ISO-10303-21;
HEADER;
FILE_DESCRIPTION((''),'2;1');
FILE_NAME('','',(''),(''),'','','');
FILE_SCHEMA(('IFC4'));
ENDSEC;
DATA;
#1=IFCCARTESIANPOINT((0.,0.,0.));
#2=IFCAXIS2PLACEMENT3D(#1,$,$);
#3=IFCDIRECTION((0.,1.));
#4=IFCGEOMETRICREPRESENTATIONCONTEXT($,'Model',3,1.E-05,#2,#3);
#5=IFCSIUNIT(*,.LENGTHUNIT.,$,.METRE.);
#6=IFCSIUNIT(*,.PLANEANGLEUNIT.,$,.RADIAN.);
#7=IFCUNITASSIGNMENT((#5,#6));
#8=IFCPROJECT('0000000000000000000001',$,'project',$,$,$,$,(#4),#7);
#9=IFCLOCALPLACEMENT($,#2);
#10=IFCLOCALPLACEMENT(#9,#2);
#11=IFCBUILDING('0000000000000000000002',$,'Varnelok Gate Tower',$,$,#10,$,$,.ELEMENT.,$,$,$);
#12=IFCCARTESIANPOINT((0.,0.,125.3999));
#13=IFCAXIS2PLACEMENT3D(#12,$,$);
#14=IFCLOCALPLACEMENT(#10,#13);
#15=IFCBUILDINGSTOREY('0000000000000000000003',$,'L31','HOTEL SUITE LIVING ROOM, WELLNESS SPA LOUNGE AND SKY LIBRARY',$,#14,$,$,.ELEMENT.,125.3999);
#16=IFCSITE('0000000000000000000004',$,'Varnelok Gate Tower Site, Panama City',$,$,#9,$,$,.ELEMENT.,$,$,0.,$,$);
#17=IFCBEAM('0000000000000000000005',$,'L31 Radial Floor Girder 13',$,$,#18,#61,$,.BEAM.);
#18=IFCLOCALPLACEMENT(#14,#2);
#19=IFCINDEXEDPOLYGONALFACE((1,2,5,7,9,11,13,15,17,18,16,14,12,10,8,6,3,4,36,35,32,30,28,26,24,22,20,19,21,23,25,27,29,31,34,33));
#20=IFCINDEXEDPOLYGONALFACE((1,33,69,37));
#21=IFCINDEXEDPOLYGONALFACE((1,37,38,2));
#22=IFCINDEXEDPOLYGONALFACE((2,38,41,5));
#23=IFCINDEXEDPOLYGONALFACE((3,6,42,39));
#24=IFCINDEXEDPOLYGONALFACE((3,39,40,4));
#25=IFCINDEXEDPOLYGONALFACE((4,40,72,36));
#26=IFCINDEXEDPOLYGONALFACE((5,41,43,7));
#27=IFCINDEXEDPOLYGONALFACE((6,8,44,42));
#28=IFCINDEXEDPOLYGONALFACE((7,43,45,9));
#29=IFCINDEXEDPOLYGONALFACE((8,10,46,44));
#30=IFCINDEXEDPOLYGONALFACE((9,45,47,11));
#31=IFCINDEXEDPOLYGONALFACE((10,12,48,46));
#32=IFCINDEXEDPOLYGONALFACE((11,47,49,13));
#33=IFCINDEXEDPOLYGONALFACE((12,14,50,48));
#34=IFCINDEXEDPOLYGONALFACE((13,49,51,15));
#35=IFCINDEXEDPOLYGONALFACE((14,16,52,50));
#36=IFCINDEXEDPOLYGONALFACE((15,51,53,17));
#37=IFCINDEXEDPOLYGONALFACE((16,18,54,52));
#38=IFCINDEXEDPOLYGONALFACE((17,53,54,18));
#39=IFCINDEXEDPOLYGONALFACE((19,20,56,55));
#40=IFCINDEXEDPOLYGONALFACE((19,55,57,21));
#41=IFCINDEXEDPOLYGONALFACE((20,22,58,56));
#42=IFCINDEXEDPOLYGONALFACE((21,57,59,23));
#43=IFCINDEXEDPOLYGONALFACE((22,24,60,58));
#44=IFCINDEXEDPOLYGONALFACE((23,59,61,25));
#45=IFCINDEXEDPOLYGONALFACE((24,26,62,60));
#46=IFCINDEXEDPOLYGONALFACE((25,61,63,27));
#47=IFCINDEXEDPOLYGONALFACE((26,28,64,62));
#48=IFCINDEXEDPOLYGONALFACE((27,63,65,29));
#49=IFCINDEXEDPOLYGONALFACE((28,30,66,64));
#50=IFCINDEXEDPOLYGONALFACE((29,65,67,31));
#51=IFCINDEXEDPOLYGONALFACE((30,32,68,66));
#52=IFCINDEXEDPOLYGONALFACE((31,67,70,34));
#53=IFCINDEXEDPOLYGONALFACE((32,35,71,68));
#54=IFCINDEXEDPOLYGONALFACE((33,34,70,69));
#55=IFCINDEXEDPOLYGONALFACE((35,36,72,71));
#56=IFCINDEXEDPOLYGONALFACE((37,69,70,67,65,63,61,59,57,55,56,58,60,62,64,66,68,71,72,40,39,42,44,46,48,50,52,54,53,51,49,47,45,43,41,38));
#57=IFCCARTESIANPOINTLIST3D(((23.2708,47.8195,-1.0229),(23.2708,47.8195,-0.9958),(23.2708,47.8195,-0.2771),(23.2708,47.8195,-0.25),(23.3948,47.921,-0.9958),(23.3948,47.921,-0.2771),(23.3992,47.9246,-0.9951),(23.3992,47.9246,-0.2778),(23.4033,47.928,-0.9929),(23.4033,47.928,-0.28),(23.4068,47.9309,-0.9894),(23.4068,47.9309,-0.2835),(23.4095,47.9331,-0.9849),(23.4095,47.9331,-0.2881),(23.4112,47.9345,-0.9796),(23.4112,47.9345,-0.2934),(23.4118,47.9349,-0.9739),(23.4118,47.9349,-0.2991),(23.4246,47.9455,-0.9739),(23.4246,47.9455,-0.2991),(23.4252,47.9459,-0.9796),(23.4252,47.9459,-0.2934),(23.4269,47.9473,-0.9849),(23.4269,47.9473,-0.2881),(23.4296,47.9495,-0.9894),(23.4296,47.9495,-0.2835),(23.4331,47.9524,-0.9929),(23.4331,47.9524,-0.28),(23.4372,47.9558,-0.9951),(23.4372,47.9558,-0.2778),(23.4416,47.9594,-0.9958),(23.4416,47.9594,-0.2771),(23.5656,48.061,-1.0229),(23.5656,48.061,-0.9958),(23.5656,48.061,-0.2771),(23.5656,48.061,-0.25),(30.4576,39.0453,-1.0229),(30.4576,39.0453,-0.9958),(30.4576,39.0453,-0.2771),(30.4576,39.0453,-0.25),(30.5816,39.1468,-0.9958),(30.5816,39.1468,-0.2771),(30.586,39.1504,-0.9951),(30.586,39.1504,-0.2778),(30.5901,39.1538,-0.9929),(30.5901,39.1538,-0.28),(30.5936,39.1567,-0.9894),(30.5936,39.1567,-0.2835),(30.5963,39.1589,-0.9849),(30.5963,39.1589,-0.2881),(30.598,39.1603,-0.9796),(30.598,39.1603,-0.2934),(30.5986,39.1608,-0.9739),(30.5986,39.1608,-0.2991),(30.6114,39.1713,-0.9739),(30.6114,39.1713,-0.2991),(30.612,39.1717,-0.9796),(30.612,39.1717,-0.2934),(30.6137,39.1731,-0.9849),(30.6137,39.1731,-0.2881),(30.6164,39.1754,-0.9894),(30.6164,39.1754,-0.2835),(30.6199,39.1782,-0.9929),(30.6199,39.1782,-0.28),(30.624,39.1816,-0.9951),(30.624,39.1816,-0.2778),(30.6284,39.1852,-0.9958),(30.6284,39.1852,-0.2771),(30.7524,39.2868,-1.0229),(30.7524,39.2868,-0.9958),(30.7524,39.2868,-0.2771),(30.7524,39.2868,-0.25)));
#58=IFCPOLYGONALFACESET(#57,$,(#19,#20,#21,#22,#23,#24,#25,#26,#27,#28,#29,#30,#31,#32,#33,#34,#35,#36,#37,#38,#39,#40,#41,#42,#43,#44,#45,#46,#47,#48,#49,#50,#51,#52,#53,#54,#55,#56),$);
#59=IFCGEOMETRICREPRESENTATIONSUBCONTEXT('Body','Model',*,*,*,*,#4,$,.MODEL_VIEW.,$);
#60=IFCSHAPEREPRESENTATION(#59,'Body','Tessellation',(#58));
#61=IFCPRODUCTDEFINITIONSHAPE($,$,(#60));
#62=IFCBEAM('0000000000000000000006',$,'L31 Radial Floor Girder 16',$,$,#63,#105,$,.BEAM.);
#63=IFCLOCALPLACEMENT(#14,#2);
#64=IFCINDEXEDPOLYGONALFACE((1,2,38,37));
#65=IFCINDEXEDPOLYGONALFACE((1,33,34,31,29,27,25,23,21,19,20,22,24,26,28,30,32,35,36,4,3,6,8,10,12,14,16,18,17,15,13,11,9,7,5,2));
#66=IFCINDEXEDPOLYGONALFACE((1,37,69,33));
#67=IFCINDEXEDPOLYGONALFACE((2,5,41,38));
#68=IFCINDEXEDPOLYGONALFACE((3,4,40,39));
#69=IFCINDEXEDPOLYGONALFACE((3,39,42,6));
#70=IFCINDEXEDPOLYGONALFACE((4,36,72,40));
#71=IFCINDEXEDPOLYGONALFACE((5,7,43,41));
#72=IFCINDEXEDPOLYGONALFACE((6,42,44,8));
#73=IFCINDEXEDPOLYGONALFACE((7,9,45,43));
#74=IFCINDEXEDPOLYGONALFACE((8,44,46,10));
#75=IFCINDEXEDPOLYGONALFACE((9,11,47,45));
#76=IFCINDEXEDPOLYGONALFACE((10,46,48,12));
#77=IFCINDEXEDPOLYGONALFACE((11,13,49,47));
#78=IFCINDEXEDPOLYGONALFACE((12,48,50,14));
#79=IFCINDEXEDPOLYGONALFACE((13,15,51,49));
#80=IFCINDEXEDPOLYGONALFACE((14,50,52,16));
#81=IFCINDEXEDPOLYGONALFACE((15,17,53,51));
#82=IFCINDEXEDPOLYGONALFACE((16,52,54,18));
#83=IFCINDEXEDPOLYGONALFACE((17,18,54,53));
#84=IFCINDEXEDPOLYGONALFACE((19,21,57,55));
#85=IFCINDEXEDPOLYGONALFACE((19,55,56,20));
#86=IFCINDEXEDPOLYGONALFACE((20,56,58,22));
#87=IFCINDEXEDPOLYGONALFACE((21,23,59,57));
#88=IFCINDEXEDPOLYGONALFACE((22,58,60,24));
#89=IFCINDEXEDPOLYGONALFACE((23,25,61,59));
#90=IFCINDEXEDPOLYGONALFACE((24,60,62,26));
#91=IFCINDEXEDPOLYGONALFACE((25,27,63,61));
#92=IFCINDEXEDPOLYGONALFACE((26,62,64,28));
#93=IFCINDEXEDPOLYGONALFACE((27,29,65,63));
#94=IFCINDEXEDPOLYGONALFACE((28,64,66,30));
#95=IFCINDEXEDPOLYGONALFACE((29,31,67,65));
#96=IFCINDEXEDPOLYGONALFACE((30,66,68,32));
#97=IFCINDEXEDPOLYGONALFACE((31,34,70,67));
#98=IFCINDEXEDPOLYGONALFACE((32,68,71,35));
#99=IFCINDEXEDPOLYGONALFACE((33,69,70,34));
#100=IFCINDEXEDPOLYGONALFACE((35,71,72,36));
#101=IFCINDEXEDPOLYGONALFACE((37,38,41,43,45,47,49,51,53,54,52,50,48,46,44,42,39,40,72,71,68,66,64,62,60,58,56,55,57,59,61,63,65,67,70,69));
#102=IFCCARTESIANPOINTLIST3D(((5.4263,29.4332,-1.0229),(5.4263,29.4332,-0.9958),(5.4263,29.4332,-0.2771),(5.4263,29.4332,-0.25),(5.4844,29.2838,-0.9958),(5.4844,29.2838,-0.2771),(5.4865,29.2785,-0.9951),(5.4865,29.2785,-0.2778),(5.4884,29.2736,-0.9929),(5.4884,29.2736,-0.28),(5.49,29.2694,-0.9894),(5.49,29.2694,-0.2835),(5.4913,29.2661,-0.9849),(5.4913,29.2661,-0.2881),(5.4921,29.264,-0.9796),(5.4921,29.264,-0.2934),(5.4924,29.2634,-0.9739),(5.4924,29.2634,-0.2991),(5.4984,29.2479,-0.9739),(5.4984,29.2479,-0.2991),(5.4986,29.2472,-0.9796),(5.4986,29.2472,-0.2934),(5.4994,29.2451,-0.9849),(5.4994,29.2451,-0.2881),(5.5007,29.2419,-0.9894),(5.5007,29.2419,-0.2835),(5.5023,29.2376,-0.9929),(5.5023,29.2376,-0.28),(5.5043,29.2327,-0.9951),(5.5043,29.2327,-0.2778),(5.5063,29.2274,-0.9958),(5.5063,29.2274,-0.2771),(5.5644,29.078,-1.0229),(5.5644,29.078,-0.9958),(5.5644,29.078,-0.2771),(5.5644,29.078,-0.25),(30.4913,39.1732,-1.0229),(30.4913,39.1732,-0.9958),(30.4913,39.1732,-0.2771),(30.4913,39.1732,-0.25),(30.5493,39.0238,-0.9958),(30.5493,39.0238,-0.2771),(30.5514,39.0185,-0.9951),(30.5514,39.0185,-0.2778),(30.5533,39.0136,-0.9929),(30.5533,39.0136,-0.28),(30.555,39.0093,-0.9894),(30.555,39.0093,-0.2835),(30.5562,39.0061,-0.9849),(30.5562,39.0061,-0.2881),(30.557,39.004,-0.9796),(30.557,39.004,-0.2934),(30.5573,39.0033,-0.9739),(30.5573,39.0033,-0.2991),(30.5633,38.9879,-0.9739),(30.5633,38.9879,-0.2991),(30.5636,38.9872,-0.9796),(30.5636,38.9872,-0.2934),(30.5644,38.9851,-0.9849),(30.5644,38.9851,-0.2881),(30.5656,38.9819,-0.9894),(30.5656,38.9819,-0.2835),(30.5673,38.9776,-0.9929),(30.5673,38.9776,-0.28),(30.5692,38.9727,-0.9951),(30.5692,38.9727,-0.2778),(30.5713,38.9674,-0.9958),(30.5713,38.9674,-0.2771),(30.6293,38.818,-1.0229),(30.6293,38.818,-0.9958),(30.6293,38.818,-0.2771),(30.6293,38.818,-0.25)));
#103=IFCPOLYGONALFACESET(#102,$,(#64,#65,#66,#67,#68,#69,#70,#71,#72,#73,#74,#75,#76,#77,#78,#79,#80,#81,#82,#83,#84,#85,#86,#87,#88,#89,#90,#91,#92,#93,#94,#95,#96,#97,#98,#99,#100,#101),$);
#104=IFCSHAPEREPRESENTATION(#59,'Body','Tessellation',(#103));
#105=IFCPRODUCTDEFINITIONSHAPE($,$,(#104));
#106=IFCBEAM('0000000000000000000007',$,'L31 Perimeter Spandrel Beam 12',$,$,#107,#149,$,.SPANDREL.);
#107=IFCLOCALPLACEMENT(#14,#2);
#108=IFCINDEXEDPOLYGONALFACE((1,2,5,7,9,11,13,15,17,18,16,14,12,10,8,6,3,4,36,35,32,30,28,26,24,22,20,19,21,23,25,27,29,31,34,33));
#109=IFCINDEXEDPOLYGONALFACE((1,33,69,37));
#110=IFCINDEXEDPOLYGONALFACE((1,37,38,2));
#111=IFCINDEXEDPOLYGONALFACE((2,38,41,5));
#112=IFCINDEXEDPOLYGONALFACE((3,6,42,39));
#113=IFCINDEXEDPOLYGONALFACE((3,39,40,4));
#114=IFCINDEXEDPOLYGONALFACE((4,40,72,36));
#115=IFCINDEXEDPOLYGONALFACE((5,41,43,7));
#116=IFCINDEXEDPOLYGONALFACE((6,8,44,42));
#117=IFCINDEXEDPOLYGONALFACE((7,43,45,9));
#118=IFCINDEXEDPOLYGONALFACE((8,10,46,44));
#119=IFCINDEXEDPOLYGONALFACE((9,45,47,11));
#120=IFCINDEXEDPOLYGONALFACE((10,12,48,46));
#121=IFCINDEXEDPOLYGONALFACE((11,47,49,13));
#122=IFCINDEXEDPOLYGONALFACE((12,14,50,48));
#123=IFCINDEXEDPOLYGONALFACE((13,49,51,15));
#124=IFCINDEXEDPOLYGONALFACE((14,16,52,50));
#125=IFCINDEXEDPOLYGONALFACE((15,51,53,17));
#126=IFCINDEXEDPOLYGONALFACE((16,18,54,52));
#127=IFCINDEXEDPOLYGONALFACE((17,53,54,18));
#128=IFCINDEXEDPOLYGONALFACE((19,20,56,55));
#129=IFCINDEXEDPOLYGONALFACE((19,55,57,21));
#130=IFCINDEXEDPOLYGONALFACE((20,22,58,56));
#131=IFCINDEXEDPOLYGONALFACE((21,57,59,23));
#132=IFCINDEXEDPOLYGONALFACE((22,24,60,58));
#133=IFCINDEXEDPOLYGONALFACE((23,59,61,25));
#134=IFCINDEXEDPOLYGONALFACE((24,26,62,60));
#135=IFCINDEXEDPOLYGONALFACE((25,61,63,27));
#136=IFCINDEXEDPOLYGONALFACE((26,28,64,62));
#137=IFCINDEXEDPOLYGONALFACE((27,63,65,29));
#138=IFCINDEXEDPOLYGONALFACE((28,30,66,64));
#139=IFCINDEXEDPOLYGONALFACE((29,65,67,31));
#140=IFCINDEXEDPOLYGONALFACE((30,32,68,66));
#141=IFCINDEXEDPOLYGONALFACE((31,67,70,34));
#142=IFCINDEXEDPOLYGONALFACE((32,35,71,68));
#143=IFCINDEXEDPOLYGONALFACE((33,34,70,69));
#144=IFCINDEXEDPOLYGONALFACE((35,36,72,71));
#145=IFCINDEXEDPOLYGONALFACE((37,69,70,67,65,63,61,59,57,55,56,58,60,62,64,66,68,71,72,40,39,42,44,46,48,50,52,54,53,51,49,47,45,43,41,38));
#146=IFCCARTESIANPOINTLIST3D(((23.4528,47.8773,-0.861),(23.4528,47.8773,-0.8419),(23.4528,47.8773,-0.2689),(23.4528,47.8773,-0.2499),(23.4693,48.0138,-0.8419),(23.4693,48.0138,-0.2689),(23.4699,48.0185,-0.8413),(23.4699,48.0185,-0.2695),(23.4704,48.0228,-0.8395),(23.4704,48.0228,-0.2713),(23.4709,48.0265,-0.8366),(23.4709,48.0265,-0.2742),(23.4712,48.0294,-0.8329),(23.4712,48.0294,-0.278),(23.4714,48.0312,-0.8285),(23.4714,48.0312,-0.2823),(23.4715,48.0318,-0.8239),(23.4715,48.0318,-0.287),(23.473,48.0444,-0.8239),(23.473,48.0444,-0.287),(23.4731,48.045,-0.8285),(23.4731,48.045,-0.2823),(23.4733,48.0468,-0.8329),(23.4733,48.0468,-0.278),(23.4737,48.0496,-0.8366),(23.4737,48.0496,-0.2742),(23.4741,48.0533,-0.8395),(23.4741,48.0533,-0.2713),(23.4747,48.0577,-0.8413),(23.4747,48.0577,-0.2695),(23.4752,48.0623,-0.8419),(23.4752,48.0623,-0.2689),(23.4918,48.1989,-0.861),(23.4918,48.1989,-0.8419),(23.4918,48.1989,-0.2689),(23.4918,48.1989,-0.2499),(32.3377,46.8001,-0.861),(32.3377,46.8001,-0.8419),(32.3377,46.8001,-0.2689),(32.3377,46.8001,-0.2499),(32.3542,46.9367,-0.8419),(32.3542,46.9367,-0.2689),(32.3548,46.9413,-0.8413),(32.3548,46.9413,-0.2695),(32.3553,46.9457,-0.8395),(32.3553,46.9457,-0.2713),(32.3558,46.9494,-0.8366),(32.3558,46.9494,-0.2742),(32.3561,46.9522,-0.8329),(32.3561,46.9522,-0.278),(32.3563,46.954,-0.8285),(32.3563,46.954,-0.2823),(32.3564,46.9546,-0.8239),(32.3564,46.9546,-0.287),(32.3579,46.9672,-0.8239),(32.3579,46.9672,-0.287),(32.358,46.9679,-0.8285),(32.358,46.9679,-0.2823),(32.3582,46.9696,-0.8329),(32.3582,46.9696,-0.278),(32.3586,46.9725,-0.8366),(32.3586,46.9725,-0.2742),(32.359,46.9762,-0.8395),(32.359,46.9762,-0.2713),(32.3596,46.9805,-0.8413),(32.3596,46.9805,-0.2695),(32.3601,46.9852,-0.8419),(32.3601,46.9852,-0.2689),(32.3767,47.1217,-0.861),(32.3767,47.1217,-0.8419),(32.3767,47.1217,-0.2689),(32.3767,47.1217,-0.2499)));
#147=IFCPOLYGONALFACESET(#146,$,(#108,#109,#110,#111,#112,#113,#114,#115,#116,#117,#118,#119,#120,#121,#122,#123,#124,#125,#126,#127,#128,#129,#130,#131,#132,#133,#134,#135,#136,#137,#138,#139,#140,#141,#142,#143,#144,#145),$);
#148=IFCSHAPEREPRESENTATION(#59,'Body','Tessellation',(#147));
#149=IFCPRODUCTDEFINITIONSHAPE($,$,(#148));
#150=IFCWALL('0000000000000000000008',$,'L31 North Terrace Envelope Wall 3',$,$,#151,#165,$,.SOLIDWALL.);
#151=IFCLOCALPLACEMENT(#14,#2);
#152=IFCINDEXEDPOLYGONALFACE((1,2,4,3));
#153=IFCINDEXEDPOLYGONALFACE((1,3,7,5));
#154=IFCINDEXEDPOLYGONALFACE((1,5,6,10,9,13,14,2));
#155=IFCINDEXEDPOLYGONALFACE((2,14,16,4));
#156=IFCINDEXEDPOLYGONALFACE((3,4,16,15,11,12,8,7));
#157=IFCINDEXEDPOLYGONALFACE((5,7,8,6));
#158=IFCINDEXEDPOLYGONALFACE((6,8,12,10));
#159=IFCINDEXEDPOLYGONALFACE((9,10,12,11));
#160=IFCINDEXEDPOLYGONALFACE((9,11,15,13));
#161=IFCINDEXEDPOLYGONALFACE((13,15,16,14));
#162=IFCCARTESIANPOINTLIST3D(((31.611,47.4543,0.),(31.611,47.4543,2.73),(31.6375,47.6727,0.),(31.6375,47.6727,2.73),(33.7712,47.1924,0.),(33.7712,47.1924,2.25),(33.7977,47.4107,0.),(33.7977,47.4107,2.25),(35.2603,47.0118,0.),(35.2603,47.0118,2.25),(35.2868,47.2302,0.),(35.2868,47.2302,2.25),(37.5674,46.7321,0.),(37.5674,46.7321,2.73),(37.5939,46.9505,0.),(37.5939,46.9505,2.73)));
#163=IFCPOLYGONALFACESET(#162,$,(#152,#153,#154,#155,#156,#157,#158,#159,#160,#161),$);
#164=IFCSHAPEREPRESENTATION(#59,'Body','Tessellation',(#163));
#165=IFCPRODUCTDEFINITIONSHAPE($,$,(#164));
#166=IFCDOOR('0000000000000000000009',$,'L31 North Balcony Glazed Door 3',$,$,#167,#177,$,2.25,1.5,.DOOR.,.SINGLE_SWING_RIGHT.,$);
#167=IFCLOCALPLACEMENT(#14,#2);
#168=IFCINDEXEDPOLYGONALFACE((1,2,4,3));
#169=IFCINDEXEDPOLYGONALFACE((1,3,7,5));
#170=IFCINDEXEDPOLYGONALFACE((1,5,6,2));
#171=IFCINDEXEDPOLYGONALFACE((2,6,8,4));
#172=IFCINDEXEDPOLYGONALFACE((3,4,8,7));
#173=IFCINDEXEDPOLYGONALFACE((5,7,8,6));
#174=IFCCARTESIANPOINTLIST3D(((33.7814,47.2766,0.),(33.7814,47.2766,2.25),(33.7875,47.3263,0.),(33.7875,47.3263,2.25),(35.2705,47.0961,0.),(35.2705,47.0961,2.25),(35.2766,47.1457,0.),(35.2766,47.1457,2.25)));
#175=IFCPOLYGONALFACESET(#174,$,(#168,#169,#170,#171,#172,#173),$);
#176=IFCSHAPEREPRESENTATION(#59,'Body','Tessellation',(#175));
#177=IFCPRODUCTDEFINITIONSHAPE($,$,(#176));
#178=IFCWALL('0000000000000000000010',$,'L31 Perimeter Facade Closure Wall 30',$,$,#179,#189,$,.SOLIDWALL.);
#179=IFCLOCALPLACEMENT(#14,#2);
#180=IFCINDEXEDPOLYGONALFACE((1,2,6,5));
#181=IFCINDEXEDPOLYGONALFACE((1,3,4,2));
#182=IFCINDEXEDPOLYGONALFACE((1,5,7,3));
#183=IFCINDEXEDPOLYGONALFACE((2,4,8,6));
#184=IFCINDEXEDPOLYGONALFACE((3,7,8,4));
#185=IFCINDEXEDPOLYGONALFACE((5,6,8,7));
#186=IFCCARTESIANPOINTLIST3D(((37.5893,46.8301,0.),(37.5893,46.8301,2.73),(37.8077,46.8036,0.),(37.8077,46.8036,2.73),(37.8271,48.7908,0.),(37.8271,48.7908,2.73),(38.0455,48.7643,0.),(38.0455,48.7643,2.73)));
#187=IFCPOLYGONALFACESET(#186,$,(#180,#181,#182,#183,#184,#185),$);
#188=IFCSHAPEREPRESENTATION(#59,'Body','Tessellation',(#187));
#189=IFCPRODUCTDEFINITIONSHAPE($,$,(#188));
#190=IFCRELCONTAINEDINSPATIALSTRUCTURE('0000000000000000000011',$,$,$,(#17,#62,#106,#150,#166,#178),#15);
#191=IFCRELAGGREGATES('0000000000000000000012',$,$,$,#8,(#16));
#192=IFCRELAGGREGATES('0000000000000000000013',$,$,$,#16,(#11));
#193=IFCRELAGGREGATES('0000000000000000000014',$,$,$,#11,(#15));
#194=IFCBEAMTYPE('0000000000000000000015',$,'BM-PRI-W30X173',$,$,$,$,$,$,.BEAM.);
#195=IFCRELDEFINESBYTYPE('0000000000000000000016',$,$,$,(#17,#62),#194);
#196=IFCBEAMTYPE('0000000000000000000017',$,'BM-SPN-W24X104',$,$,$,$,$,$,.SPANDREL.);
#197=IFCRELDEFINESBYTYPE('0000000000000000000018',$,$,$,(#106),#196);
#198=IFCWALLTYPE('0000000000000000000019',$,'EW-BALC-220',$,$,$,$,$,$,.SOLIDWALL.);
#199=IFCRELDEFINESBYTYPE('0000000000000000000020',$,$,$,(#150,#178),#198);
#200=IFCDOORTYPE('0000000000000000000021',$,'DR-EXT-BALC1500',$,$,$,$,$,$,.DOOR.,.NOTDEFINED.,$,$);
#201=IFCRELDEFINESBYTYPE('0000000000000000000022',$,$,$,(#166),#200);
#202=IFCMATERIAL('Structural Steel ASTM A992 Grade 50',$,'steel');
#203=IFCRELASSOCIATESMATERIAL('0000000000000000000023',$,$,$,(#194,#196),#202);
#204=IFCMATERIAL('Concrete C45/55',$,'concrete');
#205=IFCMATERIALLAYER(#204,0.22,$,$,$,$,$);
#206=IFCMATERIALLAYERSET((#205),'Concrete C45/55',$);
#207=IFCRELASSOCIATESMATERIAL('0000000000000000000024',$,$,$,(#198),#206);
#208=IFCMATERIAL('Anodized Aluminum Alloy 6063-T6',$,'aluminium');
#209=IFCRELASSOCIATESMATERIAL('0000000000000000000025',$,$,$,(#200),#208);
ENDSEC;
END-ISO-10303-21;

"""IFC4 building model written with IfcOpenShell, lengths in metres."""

from ifc_helpers import new_model, si_unit, direction, frame, frame_2d, origin, origin_2d, place, context, subcontext, project, spatial, rectangle, i_section, extrude, material, layer, layer_set, material_profile, profile_set, type_object, element, fill, save


model = new_model("IFC4")

# Units and contexts
model_context = context("Model", 3, precision=1e-05, world=origin(), true_north=direction((0.0, 1.0)))
body_context = subcontext(model_context, "Body", "Model", "MODEL_VIEW")
ifc_project = project(units=[si_unit("LENGTHUNIT", "METRE"), si_unit("PLANEANGLEUNIT", "RADIAN")], contexts=[model_context])

# Site, building, storey
site_placement = place(None, origin())
site = spatial("IfcSite", under=ifc_project, at=site_placement, Name="Varnelok Gate Tower Site, Panama City", CompositionType="ELEMENT", RefElevation=0.0)
building_placement = place(site_placement, origin())
building = spatial("IfcBuilding", under=site, at=building_placement, Name="Varnelok Gate Tower", CompositionType="ELEMENT")
storey_placement = place(building_placement, frame((0.0, 0.0, 125.3999)))
storey = spatial("IfcBuildingStorey", under=building, at=storey_placement, Name="L31", Description="HOTEL SUITE LIVING ROOM, WELLNESS SPA LOUNGE AND SKY LIBRARY", CompositionType="ELEMENT", Elevation=125.3999)

# Shared definitions
ifc_material_1 = material(Name="Structural Steel ASTM A992 Grade 50", Category="steel")

# Beams
ifc_material_profile_1 = material_profile(ifc_material_1, i_section(OverallWidth=0.3811, OverallDepth=0.7729, WebThickness=0.0166, FlangeThickness=0.0271, FilletRadius=0.022, at=origin_2d()), Name="W30X173")
ifc_profile_set_1 = profile_set([ifc_material_profile_1], Name="Structural Steel ASTM A992 Grade 50")
beam_type_1 = type_object("IfcBeamType", Name="BM-PRI-W30X173", PredefinedType="BEAM", material=ifc_profile_set_1)
beam_1_placement = place(storey_placement, frame((30.605, 39.166, -0.6365), z_axis=(-0.633655, 0.773616, 0.0), x_axis=(-0.773616, -0.633655, 0.0)))
element("IfcBeam", 1, at=beam_1_placement, inside=storey, type_object=beam_type_1, Name="L31 Radial Floor Girder 13", PredefinedType="BEAM", context=body_context, shape_type="SweptSolid", body=[
    extrude(i_section(OverallWidth=0.3811, OverallDepth=0.7729, WebThickness=0.0166, FlangeThickness=0.0271, FilletRadius=0.022, at=origin_2d()), origin(), (0.0, 0.0, 1.0), 11.3418),
])
beam_2_placement = place(storey_placement, frame((30.5603, 38.9956, -0.6365), z_axis=(-0.932099, -0.362204, 0.0), x_axis=(0.362204, -0.932099, 0.0)))
element("IfcBeam", 2, at=beam_2_placement, inside=storey, type_object=beam_type_1, Name="L31 Radial Floor Girder 16", PredefinedType="BEAM", context=body_context, shape_type="SweptSolid", body=[
    extrude(i_section(OverallWidth=0.3811, OverallDepth=0.7729, WebThickness=0.0166, FlangeThickness=0.0271, FilletRadius=0.022, at=origin_2d()), origin(), (0.0, 0.0, 1.0), 26.8909),
])
ifc_material_profile_2 = material_profile(ifc_material_1, i_section(OverallWidth=0.324, OverallDepth=0.6111, WebThickness=0.0127, FlangeThickness=0.019, FilletRadius=0.0181, at=origin_2d()), Name="W24X104")
ifc_profile_set_2 = profile_set([ifc_material_profile_2], Name="Structural Steel ASTM A992 Grade 50")
beam_type_2 = type_object("IfcBeamType", Name="BM-SPN-W24X104", PredefinedType="SPANDREL", material=ifc_profile_set_2)
beam_3_placement = place(storey_placement, frame((32.3572, 46.9609, -0.5554), z_axis=(-0.992731, 0.120351, 0.0), x_axis=(-0.120351, -0.992731, 0.0)))
element("IfcBeam", 3, at=beam_3_placement, inside=storey, type_object=beam_type_2, Name="L31 Perimeter Spandrel Beam 12", PredefinedType="SPANDREL", context=body_context, shape_type="SweptSolid", body=[
    extrude(i_section(OverallWidth=0.324, OverallDepth=0.6111, WebThickness=0.0127, FlangeThickness=0.019, FilletRadius=0.0181, at=origin_2d()), origin(), (0.0, 0.0, 1.0), 8.95),
])

# Wall, opening, door
ifc_material_2 = material(Name="Concrete C45/55", Category="concrete")
ifc_layer_1 = layer(ifc_material_2, 0.22)
ifc_layer_set_1 = layer_set([ifc_layer_1], Name="Concrete C45/55")
wall_type_1 = type_object("IfcWallType", Name="EW-BALC-220", PredefinedType="SOLIDWALL", material=ifc_layer_set_1)
wall_1_placement = place(storey_placement, frame((31.6243, 47.5635, 0.0), z_axis=(0.0, 0.0, 1.0), x_axis=(0.99273, -0.120363, 0.0)))
wall_1 = element("IfcWall", 4, at=wall_1_placement, inside=storey, type_object=wall_type_1, Name="L31 North Terrace Envelope Wall 3", PredefinedType="SOLIDWALL", context=body_context, shape_type="SweptSolid", body=[
    extrude(rectangle(XDim=6.0, YDim=0.22, at=frame_2d((3.0, 0.0))), origin(), (0.0, 0.0, 1.0), 2.73),
])
opening_1_placement = place(wall_1_placement, frame((2.176, 0.0, 0.0)))
opening_1 = element("IfcOpeningElement", 5, at=opening_1_placement, cuts=wall_1, PredefinedType="OPENING", context=body_context, shape_type="SweptSolid", body=[
    extrude(rectangle(XDim=1.5, YDim=2.25, at=frame_2d((0.75, 1.125))), frame((0.0, 0.1199, 0.0), z_axis=(0.0, -1.0, 0.0), x_axis=(1.0, 0.0, 0.0)), (0.0, 0.0, 1.0), 0.24),
])
ifc_material_3 = material(Name="Anodized Aluminum Alloy 6063-T6", Category="aluminium")
door_type_1 = type_object("IfcDoorType", Name="DR-EXT-BALC1500", OperationType="NOTDEFINED", PredefinedType="DOOR", material=ifc_material_3)
door_1_placement = place(opening_1_placement, origin())
door_1 = element("IfcDoor", 6, at=door_1_placement, inside=storey, type_object=door_type_1, Name="L31 North Balcony Glazed Door 3", OperationType="SINGLE_SWING_RIGHT", OverallHeight=2.25, OverallWidth=1.5, PredefinedType="DOOR", context=body_context, shape_type="SweptSolid", body=[
    extrude(rectangle(XDim=1.5, YDim=2.25, at=frame_2d((0.75, 1.125))), frame((0.0, 0.0249, 0.0), z_axis=(0.0, -1.0, 0.0), x_axis=(1.0, 0.0, 0.0)), (0.0, 0.0, 1.0), 0.05),
])
fill(opening_1, door_1)

# Wall
wall_2_placement = place(storey_placement, frame((37.9363, 48.7776, 0.0), z_axis=(0.0, 0.0, 1.0), x_axis=(-0.120398, -0.992726, 0.0)))
element("IfcWall", 7, at=wall_2_placement, inside=storey, type_object=wall_type_1, Name="L31 Perimeter Facade Closure Wall 30", PredefinedType="SOLIDWALL", context=body_context, shape_type="SweptSolid", body=[
    extrude(rectangle(XDim=1.9751, YDim=0.22, at=frame_2d((0.9875, 0.0))), origin(), (0.0, 0.0, 1.0), 2.73),
])

save(model, "model.ifc")
